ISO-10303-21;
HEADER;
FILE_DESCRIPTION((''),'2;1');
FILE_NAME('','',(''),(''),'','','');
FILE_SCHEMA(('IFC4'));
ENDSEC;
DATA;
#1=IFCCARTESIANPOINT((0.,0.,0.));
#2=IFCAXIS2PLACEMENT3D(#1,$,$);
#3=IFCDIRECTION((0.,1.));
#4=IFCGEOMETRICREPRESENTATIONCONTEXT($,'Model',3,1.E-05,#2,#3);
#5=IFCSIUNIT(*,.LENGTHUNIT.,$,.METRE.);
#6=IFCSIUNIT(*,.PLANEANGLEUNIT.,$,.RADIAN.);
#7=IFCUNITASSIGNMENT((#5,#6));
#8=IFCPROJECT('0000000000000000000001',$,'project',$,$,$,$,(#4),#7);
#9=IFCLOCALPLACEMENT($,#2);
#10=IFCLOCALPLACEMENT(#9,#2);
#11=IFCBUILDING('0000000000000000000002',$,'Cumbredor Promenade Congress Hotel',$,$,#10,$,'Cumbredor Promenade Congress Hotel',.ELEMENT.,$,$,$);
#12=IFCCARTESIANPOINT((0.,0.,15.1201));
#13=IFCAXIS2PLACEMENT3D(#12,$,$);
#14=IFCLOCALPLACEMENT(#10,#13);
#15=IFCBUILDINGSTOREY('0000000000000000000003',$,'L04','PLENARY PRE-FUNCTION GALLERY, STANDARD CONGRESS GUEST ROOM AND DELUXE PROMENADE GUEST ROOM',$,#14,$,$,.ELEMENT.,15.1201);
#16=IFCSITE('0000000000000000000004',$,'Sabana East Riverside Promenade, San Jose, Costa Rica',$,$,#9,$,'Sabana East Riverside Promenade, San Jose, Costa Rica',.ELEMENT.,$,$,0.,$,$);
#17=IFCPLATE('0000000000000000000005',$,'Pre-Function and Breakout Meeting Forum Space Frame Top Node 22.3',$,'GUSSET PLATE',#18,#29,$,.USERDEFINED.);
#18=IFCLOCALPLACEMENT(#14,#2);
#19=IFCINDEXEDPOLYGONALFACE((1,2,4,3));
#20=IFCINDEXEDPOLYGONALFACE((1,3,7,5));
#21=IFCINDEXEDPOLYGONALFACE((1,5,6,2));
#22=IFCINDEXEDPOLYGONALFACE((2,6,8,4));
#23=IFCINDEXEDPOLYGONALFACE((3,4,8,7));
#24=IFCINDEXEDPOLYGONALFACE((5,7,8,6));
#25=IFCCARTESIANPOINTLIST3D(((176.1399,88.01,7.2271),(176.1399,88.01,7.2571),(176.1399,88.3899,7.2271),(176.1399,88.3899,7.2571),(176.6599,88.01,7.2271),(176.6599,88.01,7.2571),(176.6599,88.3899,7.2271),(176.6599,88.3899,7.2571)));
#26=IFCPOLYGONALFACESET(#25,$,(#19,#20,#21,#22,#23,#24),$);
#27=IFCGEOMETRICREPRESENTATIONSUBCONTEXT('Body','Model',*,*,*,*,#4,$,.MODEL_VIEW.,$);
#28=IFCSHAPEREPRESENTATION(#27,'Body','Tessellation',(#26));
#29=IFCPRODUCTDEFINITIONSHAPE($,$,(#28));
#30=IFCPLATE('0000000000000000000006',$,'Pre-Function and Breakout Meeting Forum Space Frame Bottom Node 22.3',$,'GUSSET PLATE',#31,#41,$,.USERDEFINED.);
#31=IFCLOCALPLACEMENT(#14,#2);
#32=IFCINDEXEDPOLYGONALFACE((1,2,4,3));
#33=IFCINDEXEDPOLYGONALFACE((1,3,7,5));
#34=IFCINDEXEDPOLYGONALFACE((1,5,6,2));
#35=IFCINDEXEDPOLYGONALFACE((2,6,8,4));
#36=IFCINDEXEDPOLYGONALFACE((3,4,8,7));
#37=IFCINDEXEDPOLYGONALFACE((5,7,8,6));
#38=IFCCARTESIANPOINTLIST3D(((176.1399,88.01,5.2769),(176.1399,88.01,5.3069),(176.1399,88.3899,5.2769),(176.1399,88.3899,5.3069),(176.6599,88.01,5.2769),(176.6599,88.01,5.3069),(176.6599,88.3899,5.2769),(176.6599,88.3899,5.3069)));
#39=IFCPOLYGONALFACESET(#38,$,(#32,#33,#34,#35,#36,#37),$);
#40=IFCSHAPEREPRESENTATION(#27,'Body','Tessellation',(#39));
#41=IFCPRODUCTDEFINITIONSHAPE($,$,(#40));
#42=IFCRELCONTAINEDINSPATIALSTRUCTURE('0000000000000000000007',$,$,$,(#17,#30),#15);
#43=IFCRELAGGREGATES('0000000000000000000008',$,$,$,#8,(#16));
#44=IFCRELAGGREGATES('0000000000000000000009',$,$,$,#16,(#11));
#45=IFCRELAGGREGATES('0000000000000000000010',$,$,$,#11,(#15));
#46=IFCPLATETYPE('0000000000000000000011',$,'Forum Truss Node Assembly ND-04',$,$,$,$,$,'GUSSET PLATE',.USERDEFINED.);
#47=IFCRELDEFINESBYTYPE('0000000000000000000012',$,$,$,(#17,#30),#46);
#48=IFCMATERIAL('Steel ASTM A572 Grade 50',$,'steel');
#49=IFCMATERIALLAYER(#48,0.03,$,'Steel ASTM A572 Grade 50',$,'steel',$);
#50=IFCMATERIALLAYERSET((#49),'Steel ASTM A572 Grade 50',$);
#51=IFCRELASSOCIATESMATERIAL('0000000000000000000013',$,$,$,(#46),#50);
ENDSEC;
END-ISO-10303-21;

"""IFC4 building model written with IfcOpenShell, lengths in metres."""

from ifc_helpers import new_model, si_unit, direction, frame, origin, origin_2d, place, context, subcontext, project, spatial, rectangle, extrude, material, layer, layer_set, type_object, element, save


model = new_model("IFC4")

# Units and contexts
model_context = context("Model", 3, precision=1e-05, world=origin(), true_north=direction((0.0, 1.0)))
body_context = subcontext(model_context, "Body", "Model", "MODEL_VIEW")
ifc_project = project(units=[si_unit("LENGTHUNIT", "METRE"), si_unit("PLANEANGLEUNIT", "RADIAN")], contexts=[model_context])

# Site, building, storey
site_placement = place(None, origin())
site = spatial("IfcSite", under=ifc_project, at=site_placement, Name="Sabana East Riverside Promenade, San Jose, Costa Rica", LongName="Sabana East Riverside Promenade, San Jose, Costa Rica", CompositionType="ELEMENT", RefElevation=0.0)
building_placement = place(site_placement, origin())
building = spatial("IfcBuilding", under=site, at=building_placement, Name="Cumbredor Promenade Congress Hotel", LongName="Cumbredor Promenade Congress Hotel", CompositionType="ELEMENT")
storey_placement = place(building_placement, frame((0.0, 0.0, 15.1201)))
storey = spatial("IfcBuildingStorey", under=building, at=storey_placement, Name="L04", Description="PLENARY PRE-FUNCTION GALLERY, STANDARD CONGRESS GUEST ROOM AND DELUXE PROMENADE GUEST ROOM", CompositionType="ELEMENT", Elevation=15.1201)

# Plates
ifc_material_1 = material(Name="Steel ASTM A572 Grade 50", Category="steel")
ifc_layer_1 = layer(ifc_material_1, 0.03, Name="Steel ASTM A572 Grade 50", Category="steel")
ifc_layer_set_1 = layer_set([ifc_layer_1], Name="Steel ASTM A572 Grade 50")
plate_type_1 = type_object("IfcPlateType", Name="Forum Truss Node Assembly ND-04", ElementType="GUSSET PLATE", PredefinedType="USERDEFINED", material=ifc_layer_set_1)
for number, where, z_axis, x_axis, name in (
    (1, (176.3999, 88.2, 7.2271), (0.0, 0.0, 1.0), (1.0, 0.0, 0.0), "Pre-Function and Breakout Meeting Forum Space Frame Top Node 22.3"),
    (2, (176.3999, 88.2, 5.2769), (0.0, 0.0, 1.0), (1.0, 0.0, 0.0), "Pre-Function and Breakout Meeting Forum Space Frame Bottom Node 22.3"),
):
    element("IfcPlate", number, at=place(storey_placement, frame(where, z_axis=z_axis, x_axis=x_axis)), inside=storey, type_object=plate_type_1, Name=name, ObjectType="GUSSET PLATE", PredefinedType="USERDEFINED", context=body_context, shape_type="SweptSolid", body=[
        extrude(rectangle(XDim=0.52, YDim=0.3799, at=origin_2d()), origin(), (0.0, 0.0, 1.0), 0.03),
    ])

save(model, "model.ifc")
